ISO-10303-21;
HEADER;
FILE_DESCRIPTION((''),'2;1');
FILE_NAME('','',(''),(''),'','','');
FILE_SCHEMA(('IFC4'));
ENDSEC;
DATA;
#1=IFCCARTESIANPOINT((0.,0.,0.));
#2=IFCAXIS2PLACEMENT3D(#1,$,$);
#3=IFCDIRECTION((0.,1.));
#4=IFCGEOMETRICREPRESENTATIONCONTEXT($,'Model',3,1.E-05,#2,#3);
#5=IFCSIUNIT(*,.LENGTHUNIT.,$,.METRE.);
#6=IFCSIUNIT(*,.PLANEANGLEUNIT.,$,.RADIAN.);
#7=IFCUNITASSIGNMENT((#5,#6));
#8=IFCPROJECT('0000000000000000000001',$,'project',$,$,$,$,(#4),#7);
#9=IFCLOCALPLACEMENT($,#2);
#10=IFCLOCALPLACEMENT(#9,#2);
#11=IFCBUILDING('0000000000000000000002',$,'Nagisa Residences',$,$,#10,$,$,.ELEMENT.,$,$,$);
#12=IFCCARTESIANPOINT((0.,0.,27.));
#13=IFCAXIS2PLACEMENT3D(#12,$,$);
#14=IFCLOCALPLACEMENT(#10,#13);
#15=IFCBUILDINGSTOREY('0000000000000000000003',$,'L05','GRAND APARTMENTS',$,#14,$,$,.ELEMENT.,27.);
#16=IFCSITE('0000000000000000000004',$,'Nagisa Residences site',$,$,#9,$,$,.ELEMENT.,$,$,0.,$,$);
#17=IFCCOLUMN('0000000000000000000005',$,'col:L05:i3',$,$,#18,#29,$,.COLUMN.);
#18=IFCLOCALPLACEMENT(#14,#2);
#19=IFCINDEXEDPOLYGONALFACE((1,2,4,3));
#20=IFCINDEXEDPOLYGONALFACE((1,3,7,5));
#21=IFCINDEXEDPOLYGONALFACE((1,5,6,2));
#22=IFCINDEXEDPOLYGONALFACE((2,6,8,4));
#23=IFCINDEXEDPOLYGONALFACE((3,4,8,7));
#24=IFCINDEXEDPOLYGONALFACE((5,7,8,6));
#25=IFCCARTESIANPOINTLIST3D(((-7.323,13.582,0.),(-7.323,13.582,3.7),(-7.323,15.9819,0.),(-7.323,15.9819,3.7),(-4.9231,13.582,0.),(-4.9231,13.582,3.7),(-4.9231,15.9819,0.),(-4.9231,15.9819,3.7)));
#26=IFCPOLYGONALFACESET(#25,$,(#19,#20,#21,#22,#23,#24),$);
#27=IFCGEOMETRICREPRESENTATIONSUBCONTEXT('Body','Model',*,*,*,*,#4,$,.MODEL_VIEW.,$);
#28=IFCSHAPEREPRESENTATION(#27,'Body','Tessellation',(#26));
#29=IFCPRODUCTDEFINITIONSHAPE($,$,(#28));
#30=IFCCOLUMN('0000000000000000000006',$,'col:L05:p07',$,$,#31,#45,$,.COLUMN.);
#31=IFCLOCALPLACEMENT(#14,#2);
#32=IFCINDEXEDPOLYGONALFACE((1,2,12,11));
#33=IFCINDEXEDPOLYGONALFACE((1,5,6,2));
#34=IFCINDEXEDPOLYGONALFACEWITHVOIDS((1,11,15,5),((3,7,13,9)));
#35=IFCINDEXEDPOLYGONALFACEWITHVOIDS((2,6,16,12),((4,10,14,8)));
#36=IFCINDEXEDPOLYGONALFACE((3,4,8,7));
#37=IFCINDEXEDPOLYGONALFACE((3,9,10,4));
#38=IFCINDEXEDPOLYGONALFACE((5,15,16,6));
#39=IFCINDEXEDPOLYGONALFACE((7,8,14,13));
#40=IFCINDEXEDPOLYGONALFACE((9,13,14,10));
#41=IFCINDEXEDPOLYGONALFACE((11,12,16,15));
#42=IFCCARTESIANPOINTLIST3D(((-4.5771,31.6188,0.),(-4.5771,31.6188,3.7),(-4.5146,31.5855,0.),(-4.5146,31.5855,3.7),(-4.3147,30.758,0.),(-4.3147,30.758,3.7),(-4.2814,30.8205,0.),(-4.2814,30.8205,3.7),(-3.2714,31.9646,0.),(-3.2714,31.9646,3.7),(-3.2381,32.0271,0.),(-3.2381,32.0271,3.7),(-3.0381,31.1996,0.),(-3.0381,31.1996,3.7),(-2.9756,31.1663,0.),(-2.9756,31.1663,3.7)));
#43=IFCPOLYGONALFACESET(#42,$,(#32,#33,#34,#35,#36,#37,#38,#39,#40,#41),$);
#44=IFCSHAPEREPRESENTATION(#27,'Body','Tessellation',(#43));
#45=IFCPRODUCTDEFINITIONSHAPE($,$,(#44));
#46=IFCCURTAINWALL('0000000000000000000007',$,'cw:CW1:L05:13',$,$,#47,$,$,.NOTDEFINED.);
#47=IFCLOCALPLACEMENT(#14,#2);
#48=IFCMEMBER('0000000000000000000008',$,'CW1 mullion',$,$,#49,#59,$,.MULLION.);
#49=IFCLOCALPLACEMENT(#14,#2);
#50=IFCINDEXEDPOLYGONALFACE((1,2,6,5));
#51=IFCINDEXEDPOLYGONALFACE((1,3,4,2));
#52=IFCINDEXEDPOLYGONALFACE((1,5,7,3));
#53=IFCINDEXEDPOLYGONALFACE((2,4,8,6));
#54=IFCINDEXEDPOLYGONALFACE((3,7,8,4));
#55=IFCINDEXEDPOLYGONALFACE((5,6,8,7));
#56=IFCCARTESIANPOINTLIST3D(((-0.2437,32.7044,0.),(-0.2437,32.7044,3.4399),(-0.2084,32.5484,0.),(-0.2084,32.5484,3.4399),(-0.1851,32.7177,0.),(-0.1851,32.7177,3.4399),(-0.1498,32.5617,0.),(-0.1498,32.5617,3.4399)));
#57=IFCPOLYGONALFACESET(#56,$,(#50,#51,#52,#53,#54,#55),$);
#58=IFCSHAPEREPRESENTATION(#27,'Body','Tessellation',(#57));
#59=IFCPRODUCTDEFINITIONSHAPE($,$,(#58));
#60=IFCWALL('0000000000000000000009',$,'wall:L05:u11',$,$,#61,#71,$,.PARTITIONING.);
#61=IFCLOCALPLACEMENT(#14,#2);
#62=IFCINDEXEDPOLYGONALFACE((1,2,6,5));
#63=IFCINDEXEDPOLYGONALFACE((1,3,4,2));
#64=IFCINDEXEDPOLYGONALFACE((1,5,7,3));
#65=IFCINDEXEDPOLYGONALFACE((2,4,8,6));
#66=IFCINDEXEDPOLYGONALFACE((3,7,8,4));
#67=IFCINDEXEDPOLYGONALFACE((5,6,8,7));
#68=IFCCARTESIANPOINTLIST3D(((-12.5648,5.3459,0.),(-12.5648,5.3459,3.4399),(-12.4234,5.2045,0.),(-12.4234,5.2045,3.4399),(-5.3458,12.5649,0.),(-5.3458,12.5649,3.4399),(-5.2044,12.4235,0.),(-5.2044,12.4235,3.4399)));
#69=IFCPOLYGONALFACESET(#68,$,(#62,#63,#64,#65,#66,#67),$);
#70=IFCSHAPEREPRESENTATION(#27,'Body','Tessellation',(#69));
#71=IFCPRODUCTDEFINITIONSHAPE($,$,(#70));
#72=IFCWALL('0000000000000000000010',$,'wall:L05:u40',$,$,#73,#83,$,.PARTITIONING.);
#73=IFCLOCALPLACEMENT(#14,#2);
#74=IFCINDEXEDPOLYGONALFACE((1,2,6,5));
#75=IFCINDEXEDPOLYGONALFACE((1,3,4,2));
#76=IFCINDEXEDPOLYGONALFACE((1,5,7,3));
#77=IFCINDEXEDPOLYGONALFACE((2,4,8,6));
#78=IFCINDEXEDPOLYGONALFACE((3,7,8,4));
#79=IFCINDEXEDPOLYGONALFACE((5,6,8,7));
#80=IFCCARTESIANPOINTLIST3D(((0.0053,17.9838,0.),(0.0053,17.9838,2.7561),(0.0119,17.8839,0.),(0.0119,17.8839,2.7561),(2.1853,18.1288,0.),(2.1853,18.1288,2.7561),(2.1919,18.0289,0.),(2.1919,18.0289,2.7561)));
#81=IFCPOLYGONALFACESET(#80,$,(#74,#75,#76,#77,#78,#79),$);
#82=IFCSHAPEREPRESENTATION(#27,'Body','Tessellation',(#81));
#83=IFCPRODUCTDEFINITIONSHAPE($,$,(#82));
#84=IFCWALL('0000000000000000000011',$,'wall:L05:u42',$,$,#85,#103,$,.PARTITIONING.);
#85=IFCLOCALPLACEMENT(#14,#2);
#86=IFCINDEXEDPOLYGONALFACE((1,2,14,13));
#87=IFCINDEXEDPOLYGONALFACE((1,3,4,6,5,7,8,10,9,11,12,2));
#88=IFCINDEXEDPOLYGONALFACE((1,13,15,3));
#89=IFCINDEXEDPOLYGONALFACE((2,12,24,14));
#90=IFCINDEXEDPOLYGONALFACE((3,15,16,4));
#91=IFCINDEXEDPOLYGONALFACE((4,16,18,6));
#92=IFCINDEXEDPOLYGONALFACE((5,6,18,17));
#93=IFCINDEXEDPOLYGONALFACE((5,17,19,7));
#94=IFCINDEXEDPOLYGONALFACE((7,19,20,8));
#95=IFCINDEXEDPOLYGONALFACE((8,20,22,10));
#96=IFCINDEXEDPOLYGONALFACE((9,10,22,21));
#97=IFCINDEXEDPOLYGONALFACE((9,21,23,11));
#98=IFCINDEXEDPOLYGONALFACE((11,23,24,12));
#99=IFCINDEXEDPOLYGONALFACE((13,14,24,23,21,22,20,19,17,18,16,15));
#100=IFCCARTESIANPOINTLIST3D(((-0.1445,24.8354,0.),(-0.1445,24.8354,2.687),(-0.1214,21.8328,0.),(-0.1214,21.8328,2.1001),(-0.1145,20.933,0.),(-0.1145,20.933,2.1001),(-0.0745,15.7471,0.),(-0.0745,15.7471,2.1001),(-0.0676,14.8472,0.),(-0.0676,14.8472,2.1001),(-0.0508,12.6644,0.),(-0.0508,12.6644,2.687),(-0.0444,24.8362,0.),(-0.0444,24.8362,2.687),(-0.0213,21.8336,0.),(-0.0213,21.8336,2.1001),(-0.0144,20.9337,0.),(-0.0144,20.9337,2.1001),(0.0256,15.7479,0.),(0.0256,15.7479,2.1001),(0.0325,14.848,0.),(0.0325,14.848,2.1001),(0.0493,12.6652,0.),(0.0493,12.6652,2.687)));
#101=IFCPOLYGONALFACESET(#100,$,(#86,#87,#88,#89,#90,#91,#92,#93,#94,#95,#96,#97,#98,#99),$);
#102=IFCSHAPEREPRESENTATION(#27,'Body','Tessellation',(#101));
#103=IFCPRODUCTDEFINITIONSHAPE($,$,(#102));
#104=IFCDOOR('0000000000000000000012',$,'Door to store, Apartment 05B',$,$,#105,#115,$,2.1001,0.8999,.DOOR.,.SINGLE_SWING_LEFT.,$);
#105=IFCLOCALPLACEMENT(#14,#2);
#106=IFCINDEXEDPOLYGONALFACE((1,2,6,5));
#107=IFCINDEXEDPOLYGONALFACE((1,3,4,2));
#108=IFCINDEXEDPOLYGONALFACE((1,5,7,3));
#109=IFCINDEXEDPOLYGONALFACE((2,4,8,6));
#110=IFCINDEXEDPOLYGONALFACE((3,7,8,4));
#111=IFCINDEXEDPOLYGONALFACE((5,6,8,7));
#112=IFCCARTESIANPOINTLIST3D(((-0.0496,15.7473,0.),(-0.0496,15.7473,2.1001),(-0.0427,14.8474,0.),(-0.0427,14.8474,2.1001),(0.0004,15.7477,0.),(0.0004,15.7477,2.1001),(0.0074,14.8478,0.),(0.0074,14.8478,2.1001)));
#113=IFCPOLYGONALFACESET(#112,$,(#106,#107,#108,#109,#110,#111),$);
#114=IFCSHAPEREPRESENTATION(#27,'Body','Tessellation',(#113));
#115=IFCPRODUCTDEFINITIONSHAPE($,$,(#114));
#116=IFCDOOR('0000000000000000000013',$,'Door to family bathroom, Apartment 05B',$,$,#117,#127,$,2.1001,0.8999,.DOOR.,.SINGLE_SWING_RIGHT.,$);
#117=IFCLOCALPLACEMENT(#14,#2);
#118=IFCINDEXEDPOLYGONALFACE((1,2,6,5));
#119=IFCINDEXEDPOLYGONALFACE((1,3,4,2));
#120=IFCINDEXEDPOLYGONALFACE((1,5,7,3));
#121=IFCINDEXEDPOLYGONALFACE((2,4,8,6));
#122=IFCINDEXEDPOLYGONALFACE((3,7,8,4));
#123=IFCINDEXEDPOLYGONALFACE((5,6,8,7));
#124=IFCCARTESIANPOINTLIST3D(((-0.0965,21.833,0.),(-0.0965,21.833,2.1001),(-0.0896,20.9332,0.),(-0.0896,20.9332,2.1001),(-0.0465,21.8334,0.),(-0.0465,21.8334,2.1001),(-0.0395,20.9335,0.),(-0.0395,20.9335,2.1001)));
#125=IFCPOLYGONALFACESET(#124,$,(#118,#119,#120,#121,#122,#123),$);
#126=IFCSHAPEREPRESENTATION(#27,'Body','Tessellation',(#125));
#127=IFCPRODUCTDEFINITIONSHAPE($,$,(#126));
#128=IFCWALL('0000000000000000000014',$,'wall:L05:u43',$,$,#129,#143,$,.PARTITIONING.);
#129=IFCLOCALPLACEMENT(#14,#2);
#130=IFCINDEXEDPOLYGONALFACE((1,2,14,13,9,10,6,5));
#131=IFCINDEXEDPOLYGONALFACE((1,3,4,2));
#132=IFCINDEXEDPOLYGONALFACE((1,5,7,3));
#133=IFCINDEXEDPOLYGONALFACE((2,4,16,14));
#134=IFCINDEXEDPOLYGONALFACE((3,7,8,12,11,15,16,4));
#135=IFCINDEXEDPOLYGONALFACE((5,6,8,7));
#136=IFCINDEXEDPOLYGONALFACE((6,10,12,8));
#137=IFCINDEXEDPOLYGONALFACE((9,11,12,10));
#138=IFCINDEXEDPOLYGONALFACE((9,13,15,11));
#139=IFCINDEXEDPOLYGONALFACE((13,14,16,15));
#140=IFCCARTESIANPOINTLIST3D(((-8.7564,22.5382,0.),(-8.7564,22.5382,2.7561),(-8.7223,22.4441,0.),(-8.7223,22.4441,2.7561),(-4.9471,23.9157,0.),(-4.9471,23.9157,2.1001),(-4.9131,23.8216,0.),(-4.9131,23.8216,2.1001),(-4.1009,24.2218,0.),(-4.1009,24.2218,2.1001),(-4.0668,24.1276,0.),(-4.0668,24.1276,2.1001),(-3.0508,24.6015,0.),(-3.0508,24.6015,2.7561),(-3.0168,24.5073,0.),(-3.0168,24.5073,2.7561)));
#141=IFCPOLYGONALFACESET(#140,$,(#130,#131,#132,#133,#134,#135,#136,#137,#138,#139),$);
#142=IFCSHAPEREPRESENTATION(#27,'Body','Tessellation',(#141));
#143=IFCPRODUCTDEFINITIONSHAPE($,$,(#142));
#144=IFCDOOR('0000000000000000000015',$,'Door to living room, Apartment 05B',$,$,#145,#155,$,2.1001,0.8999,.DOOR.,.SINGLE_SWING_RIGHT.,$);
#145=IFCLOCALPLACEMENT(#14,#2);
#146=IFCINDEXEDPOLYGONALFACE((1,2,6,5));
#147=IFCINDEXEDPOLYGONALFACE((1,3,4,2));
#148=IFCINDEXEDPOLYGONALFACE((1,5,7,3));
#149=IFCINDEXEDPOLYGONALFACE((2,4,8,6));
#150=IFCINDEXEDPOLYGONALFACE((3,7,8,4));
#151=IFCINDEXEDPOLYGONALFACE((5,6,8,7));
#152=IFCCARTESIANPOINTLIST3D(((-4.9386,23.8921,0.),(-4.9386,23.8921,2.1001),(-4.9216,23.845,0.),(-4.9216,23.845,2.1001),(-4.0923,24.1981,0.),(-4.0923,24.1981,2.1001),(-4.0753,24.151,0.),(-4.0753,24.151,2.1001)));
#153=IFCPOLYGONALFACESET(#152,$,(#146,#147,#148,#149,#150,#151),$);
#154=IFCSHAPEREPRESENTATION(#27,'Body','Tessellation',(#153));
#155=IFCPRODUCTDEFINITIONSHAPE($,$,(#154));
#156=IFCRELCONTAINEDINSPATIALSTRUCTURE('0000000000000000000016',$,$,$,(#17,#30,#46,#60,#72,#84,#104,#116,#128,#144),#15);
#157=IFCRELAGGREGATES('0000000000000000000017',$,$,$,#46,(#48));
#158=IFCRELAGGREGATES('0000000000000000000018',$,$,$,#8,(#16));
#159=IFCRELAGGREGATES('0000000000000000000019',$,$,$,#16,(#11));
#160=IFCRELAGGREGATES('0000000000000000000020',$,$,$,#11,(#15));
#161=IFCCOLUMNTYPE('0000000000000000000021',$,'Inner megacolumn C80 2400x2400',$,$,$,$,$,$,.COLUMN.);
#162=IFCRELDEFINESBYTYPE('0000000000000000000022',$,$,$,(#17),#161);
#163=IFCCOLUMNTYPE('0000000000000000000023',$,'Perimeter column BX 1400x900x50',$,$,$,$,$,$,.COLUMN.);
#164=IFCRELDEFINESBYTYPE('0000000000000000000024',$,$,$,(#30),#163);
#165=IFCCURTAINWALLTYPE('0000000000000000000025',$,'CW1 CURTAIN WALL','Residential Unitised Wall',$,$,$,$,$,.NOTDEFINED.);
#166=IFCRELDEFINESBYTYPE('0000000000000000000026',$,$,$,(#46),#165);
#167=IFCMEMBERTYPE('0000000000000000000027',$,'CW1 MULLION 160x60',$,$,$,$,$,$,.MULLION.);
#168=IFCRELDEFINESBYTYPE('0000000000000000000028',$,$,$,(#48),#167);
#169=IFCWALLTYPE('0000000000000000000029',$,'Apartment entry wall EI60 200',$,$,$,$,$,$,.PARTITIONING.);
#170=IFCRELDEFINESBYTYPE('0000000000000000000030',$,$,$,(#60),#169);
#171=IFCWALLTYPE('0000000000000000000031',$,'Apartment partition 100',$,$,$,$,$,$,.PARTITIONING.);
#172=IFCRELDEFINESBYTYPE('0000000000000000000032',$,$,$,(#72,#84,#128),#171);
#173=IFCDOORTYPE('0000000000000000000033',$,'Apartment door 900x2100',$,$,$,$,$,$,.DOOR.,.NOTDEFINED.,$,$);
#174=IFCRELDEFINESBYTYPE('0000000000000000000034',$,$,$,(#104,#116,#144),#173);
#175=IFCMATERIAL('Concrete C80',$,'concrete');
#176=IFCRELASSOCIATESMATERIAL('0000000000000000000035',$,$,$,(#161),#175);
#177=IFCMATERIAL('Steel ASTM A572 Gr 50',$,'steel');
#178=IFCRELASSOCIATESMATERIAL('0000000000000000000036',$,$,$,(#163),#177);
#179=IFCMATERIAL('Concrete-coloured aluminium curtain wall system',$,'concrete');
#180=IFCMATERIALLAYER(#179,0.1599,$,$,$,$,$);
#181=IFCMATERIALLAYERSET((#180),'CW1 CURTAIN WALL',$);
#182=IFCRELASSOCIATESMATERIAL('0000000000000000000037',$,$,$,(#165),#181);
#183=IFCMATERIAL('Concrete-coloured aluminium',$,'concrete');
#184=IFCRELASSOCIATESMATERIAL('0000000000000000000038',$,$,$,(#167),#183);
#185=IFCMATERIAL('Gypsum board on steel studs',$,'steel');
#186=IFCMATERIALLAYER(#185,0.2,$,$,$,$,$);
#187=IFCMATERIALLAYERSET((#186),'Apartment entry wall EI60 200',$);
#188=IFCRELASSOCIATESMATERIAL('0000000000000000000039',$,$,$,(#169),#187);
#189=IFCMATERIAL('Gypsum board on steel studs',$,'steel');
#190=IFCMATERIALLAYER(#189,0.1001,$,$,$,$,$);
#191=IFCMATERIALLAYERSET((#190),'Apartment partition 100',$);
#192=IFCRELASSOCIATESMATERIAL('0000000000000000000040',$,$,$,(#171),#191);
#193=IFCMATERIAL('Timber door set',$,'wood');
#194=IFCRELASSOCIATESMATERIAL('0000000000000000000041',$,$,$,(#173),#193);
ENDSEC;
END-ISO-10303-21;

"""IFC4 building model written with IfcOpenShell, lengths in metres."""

from ifc_helpers import new_model, si_unit, direction, frame, frame_2d, origin, origin_2d, place, context, subcontext, project, spatial, rectangle, hollow_rectangle, extrude, material, layer, layer_set, material_profile, profile_set, type_object, element, fill, aggregate, save


model = new_model("IFC4")

# Units and contexts
model_context = context("Model", 3, precision=1e-05, world=origin(), true_north=direction((0.0, 1.0)))
body_context = subcontext(model_context, "Body", "Model", "MODEL_VIEW")
ifc_project = project(units=[si_unit("LENGTHUNIT", "METRE"), si_unit("PLANEANGLEUNIT", "RADIAN")], contexts=[model_context])

# Site, building, storey
site_placement = place(None, origin())
site = spatial("IfcSite", under=ifc_project, at=site_placement, Name="Nagisa Residences site", CompositionType="ELEMENT", RefElevation=0.0)
building_placement = place(site_placement, origin())
building = spatial("IfcBuilding", under=site, at=building_placement, Name="Nagisa Residences", CompositionType="ELEMENT")
storey_placement = place(building_placement, frame((0.0, 0.0, 27.0)))
storey = spatial("IfcBuildingStorey", under=building, at=storey_placement, Name="L05", Description="GRAND APARTMENTS", CompositionType="ELEMENT", Elevation=27.0)

# Columns
ifc_material_1 = material(Name="Concrete C80", Category="concrete")
ifc_material_profile_1 = material_profile(ifc_material_1, rectangle(XDim=2.3999, YDim=2.3999, at=origin_2d()), Name="C80 2400x2400")
ifc_profile_set_1 = profile_set([ifc_material_profile_1], Name="Concrete C80")
column_type_1 = type_object("IfcColumnType", Name="Inner megacolumn C80 2400x2400", PredefinedType="COLUMN", material=ifc_profile_set_1)
column_1_placement = place(storey_placement, frame((-6.123, 14.782, 0.0), z_axis=(0.0, 0.0, 1.0), x_axis=(1.0, 0.0, 0.0)))
element("IfcColumn", 1, at=column_1_placement, inside=storey, type_object=column_type_1, Name="col:L05:i3", PredefinedType="COLUMN", context=body_context, shape_type="SweptSolid", body=[
    extrude(rectangle(XDim=2.3999, YDim=2.3999, at=origin_2d()), origin(), (0.0, 0.0, 1.0), 3.7),
])
ifc_material_2 = material(Name="Steel ASTM A572 Gr 50", Category="steel")
ifc_material_profile_2 = material_profile(ifc_material_2, hollow_rectangle(XDim=1.3999, YDim=0.8999, WallThickness=0.05, at=origin_2d()), Name="BX 1400x900x50")
ifc_profile_set_2 = profile_set([ifc_material_profile_2], Name="Steel ASTM A572 Gr 50")
column_type_2 = type_object("IfcColumnType", Name="Perimeter column BX 1400x900x50", PredefinedType="COLUMN", material=ifc_profile_set_2)
column_2_placement = place(storey_placement, frame((-3.7764, 31.3926, 0.0), z_axis=(0.0, 0.0, 1.0), x_axis=(-0.956525, -0.291652, 0.0)))
element("IfcColumn", 2, at=column_2_placement, inside=storey, type_object=column_type_2, Name="col:L05:p07", PredefinedType="COLUMN", context=body_context, shape_type="SweptSolid", body=[
    extrude(hollow_rectangle(XDim=1.3999, YDim=0.8999, WallThickness=0.05, at=origin_2d()), origin(), (0.0, 0.0, 1.0), 3.7),
])

# Curtain wall, member
ifc_material_3 = material(Name="Concrete-coloured aluminium curtain wall system", Category="concrete")
ifc_layer_1 = layer(ifc_material_3, 0.1599)
ifc_layer_set_1 = layer_set([ifc_layer_1], Name="CW1 CURTAIN WALL")
curtain_wall_type = type_object("IfcCurtainWallType", Name="CW1 CURTAIN WALL", Description="Residential Unitised Wall", PredefinedType="NOTDEFINED", material=ifc_layer_set_1)
curtain_wall_placement = place(storey_placement, origin())
curtain_wall = element("IfcCurtainWall", 3, at=curtain_wall_placement, inside=storey, type_object=curtain_wall_type, Name="cw:CW1:L05:13", PredefinedType="NOTDEFINED")
ifc_material_4 = material(Name="Concrete-coloured aluminium", Category="concrete")
ifc_material_profile_3 = material_profile(ifc_material_4, rectangle(XDim=0.1599, YDim=0.0601, at=origin_2d()), Name="CW1 MULLION 160x60")
ifc_profile_set_3 = profile_set([ifc_material_profile_3], Name="Concrete-coloured aluminium")
member_type = type_object("IfcMemberType", Name="CW1 MULLION 160x60", PredefinedType="MULLION", material=ifc_profile_set_3)
member_placement = place(storey_placement, frame((-0.1968, 32.6331, 0.0), z_axis=(0.0, 0.0, 1.0), x_axis=(0.220764, -0.975327, 0.0)))
member = element("IfcMember", 4, at=member_placement, type_object=member_type, Name="CW1 mullion", PredefinedType="MULLION", context=body_context, shape_type="SweptSolid", body=[
    extrude(rectangle(XDim=0.1599, YDim=0.0601, at=origin_2d()), origin(), (0.0, 0.0, 1.0), 3.4399),
])
aggregate(curtain_wall, [member])

# Walls
ifc_material_5 = material(Name="Gypsum board on steel studs", Category="steel")
ifc_layer_2 = layer(ifc_material_5, 0.2)
ifc_layer_set_2 = layer_set([ifc_layer_2], Name="Apartment entry wall EI60 200")
wall_type_1 = type_object("IfcWallType", Name="Apartment entry wall EI60 200", PredefinedType="PARTITIONING", material=ifc_layer_set_2)
wall_1_placement = place(storey_placement, frame((-5.2751, 12.4941, 0.0), z_axis=(0.0, 0.0, 1.0), x_axis=(-0.707107, -0.707107, 0.0)))
element("IfcWall", 5, at=wall_1_placement, inside=storey, type_object=wall_type_1, Name="wall:L05:u11", PredefinedType="PARTITIONING", context=body_context, shape_type="SweptSolid", body=[
    extrude(rectangle(XDim=10.2092, YDim=0.2, at=frame_2d((5.1045, 0.0))), origin(), (0.0, 0.0, 1.0), 3.4399),
])
ifc_material_6 = material(Name="Gypsum board on steel studs", Category="steel")
ifc_layer_3 = layer(ifc_material_6, 0.1001)
ifc_layer_set_3 = layer_set([ifc_layer_3], Name="Apartment partition 100")
wall_type_2 = type_object("IfcWallType", Name="Apartment partition 100", PredefinedType="PARTITIONING", material=ifc_layer_set_3)
wall_2_placement = place(storey_placement, frame((2.1885, 18.0789, 0.0), z_axis=(0.0, 0.0, 1.0), x_axis=(-0.997795, -0.066378, 0.0)))
element("IfcWall", 6, at=wall_2_placement, inside=storey, type_object=wall_type_2, Name="wall:L05:u40", PredefinedType="PARTITIONING", context=body_context, shape_type="SweptSolid", body=[
    extrude(rectangle(XDim=2.1848, YDim=0.1001, at=frame_2d((1.0923, 0.0))), origin(), (0.0, 0.0, 1.0), 2.7561),
])

# Wall, openings, doors
wall_3_placement = place(storey_placement, frame((-0.0007, 12.6648, 0.0), z_axis=(0.0, 0.0, 1.0), x_axis=(-0.007702, 0.99997, 0.0)))
wall_3 = element("IfcWall", 7, at=wall_3_placement, inside=storey, type_object=wall_type_2, Name="wall:L05:u42", PredefinedType="PARTITIONING", context=body_context, shape_type="SweptSolid", body=[
    extrude(rectangle(XDim=12.1714, YDim=0.1001, at=frame_2d((6.0857, 0.0))), origin(), (0.0, 0.0, 1.0), 2.687),
])
opening_1_placement = place(wall_3_placement, frame((2.1829, 0.0, 0.0)))
opening_1 = element("IfcOpeningElement", 8, at=opening_1_placement, cuts=wall_3, PredefinedType="OPENING", context=body_context, shape_type="SweptSolid", body=[
    extrude(rectangle(XDim=0.8999, YDim=2.1001, at=frame_2d((0.45, 1.05))), frame((0.0, 0.0601, 0.0), z_axis=(0.0, -1.0, 0.0), x_axis=(1.0, 0.0, 0.0)), (0.0, 0.0, 1.0), 0.1201),
])
opening_2_placement = place(wall_3_placement, frame((8.2688, 0.0, 0.0)))
opening_2 = element("IfcOpeningElement", 9, at=opening_2_placement, cuts=wall_3, PredefinedType="OPENING", context=body_context, shape_type="SweptSolid", body=[
    extrude(rectangle(XDim=0.8999, YDim=2.1001, at=frame_2d((0.45, 1.05))), frame((0.0, 0.0601, 0.0), z_axis=(0.0, -1.0, 0.0), x_axis=(1.0, 0.0, 0.0)), (0.0, 0.0, 1.0), 0.1201),
])
ifc_material_7 = material(Name="Timber door set", Category="wood")
door_type_1 = type_object("IfcDoorType", Name="Apartment door 900x2100", OperationType="NOTDEFINED", PredefinedType="DOOR", material=ifc_material_7)
door_1_placement = place(opening_1_placement, frame((0.8999, 0.0, 0.0), x_axis=(-1.0, 0.0, 0.0)))
door_1 = element("IfcDoor", 10, at=door_1_placement, inside=storey, type_object=door_type_1, Name="Door to store, Apartment 05B", OperationType="SINGLE_SWING_LEFT", OverallHeight=2.1001, OverallWidth=0.8999, PredefinedType="DOOR", context=body_context, shape_type="SweptSolid", body=[
    extrude(rectangle(XDim=0.8999, YDim=2.1001, at=frame_2d((0.45, 1.05))), frame((0.0, 0.0249, 0.0), z_axis=(0.0, -1.0, 0.0), x_axis=(1.0, 0.0, 0.0)), (0.0, 0.0, 1.0), 0.05),
])
fill(opening_1, door_1)
door_2_placement = place(opening_2_placement, frame((0.8999, 0.0, 0.0), x_axis=(-1.0, 0.0, 0.0)))
door_2 = element("IfcDoor", 11, at=door_2_placement, inside=storey, type_object=door_type_1, Name="Door to family bathroom, Apartment 05B", OperationType="SINGLE_SWING_RIGHT", OverallHeight=2.1001, OverallWidth=0.8999, PredefinedType="DOOR", context=body_context, shape_type="SweptSolid", body=[
    extrude(rectangle(XDim=0.8999, YDim=2.1001, at=frame_2d((0.45, 1.05))), frame((0.0, 0.0249, 0.0), z_axis=(0.0, -1.0, 0.0), x_axis=(1.0, 0.0, 0.0)), (0.0, 0.0, 1.0), 0.05),
])
fill(opening_2, door_2)

# Wall, opening, door
wall_4_placement = place(storey_placement, frame((-3.0337, 24.5544, 0.0), z_axis=(0.0, 0.0, 1.0), x_axis=(-0.940402, -0.340066, 0.0)))
wall_4 = element("IfcWall", 12, at=wall_4_placement, inside=storey, type_object=wall_type_2, Name="wall:L05:u43", PredefinedType="PARTITIONING", context=body_context, shape_type="SweptSolid", body=[
    extrude(rectangle(XDim=6.0671, YDim=0.1001, at=frame_2d((3.0337, 0.0))), origin(), (0.0, 0.0, 1.0), 2.7561),
])
opening_3_placement = place(wall_4_placement, frame((1.1167, 0.0, 0.0)))
opening_3 = element("IfcOpeningElement", 13, at=opening_3_placement, cuts=wall_4, PredefinedType="OPENING", context=body_context, shape_type="SweptSolid", body=[
    extrude(rectangle(XDim=0.8999, YDim=2.1001, at=frame_2d((0.45, 1.05))), frame((0.0, 0.0601, 0.0), z_axis=(0.0, -1.0, 0.0), x_axis=(1.0, 0.0, 0.0)), (0.0, 0.0, 1.0), 0.1201),
])
door_3_placement = place(opening_3_placement, frame((0.8999, 0.0, 0.0), x_axis=(-1.0, 0.0, 0.0)))
door_3 = element("IfcDoor", 14, at=door_3_placement, inside=storey, type_object=door_type_1, Name="Door to living room, Apartment 05B", OperationType="SINGLE_SWING_RIGHT", OverallHeight=2.1001, OverallWidth=0.8999, PredefinedType="DOOR", context=body_context, shape_type="SweptSolid", body=[
    extrude(rectangle(XDim=0.8999, YDim=2.1001, at=frame_2d((0.45, 1.05))), frame((0.0, 0.0249, 0.0), z_axis=(0.0, -1.0, 0.0), x_axis=(1.0, 0.0, 0.0)), (0.0, 0.0, 1.0), 0.05),
])
fill(opening_3, door_3)

save(model, "model.ifc")
